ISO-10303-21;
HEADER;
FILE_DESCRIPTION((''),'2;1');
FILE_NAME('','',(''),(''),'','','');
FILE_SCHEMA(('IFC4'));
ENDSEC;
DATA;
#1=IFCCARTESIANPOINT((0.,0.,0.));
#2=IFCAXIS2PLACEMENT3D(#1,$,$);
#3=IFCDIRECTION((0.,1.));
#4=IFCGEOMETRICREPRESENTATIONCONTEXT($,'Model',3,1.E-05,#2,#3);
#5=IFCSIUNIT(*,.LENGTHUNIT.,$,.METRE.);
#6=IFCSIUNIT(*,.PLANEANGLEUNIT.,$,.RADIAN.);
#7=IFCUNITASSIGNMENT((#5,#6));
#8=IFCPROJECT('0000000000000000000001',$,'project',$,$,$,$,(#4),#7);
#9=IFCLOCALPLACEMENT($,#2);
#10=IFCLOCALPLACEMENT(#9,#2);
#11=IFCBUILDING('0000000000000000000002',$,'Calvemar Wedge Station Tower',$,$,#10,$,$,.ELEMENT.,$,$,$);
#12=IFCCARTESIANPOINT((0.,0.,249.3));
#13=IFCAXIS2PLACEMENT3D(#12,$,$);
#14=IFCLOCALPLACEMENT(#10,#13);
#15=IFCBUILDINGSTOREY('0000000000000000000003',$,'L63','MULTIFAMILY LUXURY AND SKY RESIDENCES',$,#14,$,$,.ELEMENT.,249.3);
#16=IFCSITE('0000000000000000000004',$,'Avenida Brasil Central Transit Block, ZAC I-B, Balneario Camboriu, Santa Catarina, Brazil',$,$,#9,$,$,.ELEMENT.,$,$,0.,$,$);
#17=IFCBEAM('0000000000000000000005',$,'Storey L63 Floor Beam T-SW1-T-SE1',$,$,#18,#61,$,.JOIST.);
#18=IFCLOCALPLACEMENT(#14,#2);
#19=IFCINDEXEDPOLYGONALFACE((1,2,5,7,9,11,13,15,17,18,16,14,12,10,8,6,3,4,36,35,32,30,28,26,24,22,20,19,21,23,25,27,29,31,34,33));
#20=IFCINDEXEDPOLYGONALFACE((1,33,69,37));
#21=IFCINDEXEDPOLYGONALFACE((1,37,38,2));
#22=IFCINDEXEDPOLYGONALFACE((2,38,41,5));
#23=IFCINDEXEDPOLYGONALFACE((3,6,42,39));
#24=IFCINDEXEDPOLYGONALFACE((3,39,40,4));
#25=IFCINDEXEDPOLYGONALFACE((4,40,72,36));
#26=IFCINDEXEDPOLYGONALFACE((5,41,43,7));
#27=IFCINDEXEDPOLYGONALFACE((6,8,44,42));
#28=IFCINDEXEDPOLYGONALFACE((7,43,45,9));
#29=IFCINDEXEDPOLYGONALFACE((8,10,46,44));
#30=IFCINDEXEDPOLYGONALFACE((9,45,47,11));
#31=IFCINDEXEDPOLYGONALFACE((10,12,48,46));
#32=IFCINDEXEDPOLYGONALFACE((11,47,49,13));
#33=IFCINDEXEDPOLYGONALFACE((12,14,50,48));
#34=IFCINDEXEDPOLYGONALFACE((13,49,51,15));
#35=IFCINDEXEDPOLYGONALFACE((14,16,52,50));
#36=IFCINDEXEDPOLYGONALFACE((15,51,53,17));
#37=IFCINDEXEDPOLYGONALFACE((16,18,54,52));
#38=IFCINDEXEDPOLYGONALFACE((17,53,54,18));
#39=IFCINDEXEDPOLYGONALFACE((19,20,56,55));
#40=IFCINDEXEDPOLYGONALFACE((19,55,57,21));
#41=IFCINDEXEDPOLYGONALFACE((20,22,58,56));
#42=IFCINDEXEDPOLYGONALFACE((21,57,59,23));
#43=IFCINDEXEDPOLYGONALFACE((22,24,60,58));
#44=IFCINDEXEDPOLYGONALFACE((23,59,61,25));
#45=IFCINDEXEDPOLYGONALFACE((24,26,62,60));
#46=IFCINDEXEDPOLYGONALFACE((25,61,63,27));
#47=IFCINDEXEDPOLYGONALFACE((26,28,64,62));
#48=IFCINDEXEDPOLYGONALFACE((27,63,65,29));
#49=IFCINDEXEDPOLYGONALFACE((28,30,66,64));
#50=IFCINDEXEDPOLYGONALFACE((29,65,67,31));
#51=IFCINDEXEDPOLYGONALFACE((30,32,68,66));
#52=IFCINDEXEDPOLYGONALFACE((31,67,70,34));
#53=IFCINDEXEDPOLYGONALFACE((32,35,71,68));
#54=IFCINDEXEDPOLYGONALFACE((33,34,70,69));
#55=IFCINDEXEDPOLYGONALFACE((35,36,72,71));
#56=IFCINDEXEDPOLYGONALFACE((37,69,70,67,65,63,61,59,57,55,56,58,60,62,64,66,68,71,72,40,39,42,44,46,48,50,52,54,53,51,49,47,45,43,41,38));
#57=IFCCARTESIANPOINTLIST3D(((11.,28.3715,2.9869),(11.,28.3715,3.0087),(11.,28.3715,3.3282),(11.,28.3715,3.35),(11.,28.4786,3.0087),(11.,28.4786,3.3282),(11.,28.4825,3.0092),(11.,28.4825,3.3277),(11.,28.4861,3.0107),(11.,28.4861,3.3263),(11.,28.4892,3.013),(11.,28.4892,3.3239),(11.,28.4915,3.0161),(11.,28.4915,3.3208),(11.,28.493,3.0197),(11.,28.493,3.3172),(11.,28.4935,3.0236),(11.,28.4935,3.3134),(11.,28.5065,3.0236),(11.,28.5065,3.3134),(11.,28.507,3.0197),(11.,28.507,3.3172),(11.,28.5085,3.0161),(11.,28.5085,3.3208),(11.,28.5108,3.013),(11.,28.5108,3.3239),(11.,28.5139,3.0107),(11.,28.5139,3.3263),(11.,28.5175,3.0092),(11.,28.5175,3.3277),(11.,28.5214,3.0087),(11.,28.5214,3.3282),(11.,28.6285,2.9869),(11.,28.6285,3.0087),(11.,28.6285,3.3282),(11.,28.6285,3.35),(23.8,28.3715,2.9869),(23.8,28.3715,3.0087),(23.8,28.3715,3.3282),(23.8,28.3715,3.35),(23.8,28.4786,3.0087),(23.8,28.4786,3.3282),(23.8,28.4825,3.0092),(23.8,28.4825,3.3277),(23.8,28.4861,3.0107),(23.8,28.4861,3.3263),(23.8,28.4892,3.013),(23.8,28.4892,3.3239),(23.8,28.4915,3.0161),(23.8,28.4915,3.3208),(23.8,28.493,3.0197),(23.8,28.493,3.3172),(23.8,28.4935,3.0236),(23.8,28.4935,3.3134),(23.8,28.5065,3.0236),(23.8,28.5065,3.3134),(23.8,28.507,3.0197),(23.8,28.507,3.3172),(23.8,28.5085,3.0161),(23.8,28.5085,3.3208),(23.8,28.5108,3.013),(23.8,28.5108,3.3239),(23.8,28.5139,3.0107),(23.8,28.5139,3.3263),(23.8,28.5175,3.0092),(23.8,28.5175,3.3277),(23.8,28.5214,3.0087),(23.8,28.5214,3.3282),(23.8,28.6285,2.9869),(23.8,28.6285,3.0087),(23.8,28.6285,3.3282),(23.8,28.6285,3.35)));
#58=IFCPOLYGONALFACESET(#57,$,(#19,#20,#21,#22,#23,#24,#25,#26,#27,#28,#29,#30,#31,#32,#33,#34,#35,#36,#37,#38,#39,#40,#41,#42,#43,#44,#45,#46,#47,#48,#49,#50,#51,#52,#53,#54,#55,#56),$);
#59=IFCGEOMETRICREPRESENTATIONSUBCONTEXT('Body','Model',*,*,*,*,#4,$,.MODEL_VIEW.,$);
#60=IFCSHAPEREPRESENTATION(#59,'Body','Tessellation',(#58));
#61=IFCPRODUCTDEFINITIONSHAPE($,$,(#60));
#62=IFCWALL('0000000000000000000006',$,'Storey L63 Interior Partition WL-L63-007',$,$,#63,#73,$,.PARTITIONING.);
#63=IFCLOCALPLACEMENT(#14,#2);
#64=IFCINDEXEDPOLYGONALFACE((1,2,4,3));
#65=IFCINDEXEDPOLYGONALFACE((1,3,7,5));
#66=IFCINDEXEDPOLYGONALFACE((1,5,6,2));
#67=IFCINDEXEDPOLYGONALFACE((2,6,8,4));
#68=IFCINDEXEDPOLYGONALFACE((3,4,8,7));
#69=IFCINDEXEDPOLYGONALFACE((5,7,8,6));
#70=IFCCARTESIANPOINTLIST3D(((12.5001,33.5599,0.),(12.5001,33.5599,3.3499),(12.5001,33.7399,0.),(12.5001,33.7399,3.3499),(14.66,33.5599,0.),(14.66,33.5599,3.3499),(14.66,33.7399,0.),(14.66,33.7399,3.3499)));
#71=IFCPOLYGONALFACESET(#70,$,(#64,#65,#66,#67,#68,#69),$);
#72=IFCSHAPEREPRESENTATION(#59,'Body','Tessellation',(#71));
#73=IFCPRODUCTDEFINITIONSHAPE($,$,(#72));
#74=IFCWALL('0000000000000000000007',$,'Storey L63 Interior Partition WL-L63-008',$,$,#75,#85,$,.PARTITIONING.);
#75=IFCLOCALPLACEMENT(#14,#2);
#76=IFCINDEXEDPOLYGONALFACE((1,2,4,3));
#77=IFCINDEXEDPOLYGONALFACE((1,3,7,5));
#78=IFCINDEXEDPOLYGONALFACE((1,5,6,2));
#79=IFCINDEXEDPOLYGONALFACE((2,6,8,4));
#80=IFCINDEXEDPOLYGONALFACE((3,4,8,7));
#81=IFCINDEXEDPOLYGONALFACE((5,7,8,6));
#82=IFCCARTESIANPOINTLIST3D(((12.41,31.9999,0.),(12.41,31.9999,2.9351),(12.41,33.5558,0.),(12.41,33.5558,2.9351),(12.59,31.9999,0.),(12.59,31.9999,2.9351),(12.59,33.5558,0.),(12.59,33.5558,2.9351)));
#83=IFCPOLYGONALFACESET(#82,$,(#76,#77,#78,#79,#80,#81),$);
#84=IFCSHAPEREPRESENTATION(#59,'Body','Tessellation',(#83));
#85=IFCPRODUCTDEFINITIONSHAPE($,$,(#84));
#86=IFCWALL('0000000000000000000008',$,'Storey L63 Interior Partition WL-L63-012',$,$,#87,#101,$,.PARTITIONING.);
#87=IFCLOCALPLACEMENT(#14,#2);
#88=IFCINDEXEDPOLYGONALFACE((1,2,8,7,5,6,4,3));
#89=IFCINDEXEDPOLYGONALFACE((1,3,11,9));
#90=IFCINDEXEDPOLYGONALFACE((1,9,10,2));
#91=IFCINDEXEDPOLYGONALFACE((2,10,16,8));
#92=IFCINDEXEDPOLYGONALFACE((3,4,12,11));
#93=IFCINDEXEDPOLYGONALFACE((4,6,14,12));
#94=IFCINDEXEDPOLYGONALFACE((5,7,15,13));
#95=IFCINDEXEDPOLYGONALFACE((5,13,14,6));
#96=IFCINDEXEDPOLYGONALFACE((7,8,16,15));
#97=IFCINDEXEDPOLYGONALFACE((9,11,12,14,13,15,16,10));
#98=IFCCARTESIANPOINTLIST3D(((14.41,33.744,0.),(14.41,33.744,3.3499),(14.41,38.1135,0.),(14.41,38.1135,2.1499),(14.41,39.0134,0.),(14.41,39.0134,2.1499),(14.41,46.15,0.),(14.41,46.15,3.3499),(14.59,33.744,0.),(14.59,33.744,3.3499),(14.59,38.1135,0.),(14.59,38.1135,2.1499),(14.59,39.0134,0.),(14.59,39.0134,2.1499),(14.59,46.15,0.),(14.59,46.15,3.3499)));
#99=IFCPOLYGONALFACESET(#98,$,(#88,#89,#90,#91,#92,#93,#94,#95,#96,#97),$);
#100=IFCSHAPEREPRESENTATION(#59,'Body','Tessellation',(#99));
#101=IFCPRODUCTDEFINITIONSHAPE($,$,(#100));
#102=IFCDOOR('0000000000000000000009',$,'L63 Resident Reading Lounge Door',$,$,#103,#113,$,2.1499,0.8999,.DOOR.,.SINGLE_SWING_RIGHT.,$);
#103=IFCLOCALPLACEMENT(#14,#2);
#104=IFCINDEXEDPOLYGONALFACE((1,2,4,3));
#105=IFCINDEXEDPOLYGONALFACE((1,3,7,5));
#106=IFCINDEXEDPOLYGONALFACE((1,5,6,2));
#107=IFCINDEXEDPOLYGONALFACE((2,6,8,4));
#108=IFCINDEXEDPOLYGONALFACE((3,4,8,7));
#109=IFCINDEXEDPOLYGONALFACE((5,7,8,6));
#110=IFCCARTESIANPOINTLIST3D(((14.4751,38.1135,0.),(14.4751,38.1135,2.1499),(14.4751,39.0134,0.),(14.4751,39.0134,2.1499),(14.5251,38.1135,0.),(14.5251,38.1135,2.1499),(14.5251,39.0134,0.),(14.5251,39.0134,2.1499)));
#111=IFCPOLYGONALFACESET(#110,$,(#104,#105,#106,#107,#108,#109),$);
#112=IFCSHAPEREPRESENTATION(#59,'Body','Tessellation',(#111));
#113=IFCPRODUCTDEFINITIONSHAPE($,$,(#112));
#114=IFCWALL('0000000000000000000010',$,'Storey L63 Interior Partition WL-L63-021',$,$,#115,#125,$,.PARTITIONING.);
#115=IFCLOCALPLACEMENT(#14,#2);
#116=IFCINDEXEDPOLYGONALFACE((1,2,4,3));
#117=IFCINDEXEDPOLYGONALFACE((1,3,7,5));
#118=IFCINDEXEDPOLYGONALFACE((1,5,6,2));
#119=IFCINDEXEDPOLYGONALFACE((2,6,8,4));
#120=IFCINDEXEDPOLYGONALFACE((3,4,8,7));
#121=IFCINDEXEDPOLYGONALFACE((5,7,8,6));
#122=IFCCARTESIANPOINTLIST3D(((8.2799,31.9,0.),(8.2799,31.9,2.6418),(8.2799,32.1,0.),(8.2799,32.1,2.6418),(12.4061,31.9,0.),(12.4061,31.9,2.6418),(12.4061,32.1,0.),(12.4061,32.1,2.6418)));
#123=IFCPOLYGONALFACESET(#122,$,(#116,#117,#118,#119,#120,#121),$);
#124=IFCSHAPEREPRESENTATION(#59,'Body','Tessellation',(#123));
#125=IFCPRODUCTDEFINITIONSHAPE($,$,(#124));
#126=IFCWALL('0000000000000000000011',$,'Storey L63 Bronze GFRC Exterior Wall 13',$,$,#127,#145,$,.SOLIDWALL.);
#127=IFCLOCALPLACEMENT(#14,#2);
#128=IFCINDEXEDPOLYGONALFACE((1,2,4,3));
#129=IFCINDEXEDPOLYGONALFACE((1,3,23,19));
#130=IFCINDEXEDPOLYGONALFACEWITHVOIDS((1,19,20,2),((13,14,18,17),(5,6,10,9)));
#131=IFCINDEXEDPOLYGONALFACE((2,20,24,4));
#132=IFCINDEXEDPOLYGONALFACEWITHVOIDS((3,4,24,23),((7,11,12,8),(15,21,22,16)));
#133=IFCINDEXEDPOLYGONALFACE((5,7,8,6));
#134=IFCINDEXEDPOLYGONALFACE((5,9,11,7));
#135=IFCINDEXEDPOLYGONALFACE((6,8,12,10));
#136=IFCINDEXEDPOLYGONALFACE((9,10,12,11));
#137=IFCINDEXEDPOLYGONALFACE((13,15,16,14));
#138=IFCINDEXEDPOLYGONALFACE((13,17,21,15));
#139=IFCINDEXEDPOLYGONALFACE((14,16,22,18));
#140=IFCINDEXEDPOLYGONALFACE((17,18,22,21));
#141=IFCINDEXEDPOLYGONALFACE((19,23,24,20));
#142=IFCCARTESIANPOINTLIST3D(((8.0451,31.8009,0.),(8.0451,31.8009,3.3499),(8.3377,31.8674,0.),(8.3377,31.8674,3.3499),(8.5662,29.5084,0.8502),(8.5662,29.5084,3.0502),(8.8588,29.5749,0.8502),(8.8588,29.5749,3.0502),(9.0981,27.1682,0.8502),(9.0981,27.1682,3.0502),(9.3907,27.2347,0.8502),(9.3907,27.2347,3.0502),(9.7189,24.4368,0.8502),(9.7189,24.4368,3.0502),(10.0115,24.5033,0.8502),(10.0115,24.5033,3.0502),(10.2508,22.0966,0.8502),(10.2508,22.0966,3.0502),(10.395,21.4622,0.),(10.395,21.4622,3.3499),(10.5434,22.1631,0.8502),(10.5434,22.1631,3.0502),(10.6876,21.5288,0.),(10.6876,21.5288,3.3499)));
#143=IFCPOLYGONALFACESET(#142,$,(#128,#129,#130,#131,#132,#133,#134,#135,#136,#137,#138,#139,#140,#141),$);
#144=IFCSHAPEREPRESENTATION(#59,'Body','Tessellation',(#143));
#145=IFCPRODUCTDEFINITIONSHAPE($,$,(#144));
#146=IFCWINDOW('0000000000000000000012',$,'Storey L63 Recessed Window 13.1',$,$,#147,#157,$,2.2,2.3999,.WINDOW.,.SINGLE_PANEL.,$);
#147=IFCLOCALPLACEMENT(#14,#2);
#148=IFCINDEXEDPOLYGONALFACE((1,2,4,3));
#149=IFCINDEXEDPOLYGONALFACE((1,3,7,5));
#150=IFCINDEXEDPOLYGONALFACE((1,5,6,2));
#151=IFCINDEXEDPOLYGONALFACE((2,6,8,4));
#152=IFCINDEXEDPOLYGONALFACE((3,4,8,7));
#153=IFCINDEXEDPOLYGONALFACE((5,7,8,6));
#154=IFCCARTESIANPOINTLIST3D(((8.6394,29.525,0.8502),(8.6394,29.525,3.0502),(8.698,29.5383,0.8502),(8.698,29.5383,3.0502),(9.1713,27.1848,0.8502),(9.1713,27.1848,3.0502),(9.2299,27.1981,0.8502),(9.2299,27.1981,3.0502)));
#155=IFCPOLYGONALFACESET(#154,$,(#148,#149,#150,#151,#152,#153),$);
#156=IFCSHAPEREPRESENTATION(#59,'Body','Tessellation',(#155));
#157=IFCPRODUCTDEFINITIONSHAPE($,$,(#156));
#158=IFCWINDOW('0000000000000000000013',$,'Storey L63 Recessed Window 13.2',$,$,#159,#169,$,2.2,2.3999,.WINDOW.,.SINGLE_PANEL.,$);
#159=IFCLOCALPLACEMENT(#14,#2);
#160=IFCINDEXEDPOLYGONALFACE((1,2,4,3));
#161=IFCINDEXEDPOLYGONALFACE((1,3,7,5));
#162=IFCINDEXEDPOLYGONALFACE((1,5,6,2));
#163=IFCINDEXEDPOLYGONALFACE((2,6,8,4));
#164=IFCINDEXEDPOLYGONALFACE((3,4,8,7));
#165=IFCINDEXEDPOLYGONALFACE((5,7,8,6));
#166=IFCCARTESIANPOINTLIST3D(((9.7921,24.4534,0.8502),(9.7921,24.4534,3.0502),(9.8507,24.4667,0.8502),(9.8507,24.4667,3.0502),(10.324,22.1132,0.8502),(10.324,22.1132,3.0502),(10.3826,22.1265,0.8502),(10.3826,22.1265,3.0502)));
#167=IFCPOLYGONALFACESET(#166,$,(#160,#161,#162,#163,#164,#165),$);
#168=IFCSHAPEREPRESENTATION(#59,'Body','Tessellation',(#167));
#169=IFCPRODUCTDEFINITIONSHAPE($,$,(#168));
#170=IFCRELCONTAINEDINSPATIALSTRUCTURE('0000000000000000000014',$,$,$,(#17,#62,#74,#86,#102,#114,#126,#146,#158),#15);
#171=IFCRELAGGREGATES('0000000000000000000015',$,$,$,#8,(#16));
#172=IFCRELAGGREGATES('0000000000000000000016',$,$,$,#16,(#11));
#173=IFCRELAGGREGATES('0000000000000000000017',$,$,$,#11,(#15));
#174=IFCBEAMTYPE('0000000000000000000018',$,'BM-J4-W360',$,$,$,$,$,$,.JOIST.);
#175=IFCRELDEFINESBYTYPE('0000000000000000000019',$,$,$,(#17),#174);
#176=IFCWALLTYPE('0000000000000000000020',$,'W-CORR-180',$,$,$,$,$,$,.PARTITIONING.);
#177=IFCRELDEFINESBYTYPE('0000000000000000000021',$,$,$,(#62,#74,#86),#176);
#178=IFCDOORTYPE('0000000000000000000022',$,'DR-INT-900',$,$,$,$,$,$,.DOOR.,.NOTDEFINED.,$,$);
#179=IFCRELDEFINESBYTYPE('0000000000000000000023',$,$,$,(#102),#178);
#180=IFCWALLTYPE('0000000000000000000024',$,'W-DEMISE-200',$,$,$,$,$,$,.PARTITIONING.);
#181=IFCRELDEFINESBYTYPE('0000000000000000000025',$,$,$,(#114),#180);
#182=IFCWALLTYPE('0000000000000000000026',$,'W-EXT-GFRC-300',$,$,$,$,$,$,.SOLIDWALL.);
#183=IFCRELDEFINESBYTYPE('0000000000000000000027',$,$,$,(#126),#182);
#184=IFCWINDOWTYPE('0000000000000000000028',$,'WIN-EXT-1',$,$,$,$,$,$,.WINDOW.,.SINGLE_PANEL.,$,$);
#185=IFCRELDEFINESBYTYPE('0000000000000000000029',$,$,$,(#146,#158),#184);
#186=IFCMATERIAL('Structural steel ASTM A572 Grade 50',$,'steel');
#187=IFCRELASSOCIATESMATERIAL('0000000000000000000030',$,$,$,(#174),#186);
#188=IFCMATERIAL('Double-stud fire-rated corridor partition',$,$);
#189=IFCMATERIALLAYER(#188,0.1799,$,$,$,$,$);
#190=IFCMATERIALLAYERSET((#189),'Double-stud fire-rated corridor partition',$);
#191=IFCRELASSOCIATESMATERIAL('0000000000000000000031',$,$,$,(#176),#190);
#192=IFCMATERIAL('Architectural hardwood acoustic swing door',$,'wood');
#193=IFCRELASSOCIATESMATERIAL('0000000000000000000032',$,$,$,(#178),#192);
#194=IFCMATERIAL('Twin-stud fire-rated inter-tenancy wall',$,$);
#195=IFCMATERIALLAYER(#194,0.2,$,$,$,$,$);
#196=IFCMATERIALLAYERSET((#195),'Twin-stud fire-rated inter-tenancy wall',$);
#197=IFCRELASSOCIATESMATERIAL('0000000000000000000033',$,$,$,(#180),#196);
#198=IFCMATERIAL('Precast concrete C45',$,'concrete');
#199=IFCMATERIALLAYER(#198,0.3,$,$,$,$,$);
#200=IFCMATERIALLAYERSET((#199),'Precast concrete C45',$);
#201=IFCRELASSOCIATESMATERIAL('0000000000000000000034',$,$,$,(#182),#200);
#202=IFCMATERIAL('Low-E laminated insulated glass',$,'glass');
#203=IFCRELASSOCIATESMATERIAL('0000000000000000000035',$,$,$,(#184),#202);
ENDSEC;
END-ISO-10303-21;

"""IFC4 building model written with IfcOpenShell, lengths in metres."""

from ifc_helpers import new_model, si_unit, direction, frame, frame_2d, origin, origin_2d, place, context, subcontext, project, spatial, rectangle, i_section, extrude, source, transform, mapped, material, layer, layer_set, material_profile, profile_set, type_object, element, fill, save


model = new_model("IFC4")

# Units and contexts
model_context = context("Model", 3, precision=1e-05, world=origin(), true_north=direction((0.0, 1.0)))
body_context = subcontext(model_context, "Body", "Model", "MODEL_VIEW")
ifc_project = project(units=[si_unit("LENGTHUNIT", "METRE"), si_unit("PLANEANGLEUNIT", "RADIAN")], contexts=[model_context])

# Site, building, storey
site_placement = place(None, origin())
site = spatial("IfcSite", under=ifc_project, at=site_placement, Name="Avenida Brasil Central Transit Block, ZAC I-B, Balneario Camboriu, Santa Catarina, Brazil", CompositionType="ELEMENT", RefElevation=0.0)
building_placement = place(site_placement, origin())
building = spatial("IfcBuilding", under=site, at=building_placement, Name="Calvemar Wedge Station Tower", CompositionType="ELEMENT")
storey_placement = place(building_placement, frame((0.0, 0.0, 249.3)))
storey = spatial("IfcBuildingStorey", under=building, at=storey_placement, Name="L63", Description="MULTIFAMILY LUXURY AND SKY RESIDENCES", CompositionType="ELEMENT", Elevation=249.3)

# Beam
ifc_material_1 = material(Name="Structural steel ASTM A572 Grade 50", Category="steel")
ifc_material_profile_1 = material_profile(ifc_material_1, i_section(OverallWidth=0.2571, OverallDepth=0.363, WebThickness=0.0129, FlangeThickness=0.0217, FilletRadius=0.0149, at=origin_2d()), Name="W360x122")
ifc_profile_set_1 = profile_set([ifc_material_profile_1], Name="Structural steel ASTM A572 Grade 50")
beam_type_1 = type_object("IfcBeamType", Name="BM-J4-W360", PredefinedType="JOIST", material=ifc_profile_set_1)
shared_shape_1 = source(origin(), body_context, "Body", "SweptSolid", [
    extrude(i_section(OverallWidth=0.2571, OverallDepth=0.363, WebThickness=0.0129, FlangeThickness=0.0217, FilletRadius=0.0149, at=origin_2d()), origin(), (0.0, 0.0, 1.0), 12.8),
])
beam_1_placement = place(storey_placement, frame((11.0, 28.5, 3.1685), z_axis=(1.0, 0.0, 0.0), x_axis=(0.0, 1.0, 0.0)))
element("IfcBeam", 1, at=beam_1_placement, inside=storey, type_object=beam_type_1, Name="Storey L63 Floor Beam T-SW1-T-SE1", PredefinedType="JOIST", context=body_context, shape_type="MappedRepresentation", body=[
    mapped(shared_shape_1, transform((0.0, 0.0, 0.0), scale=1.0)),
])

# Walls
ifc_material_2 = material(Name="Double-stud fire-rated corridor partition")
ifc_layer_1 = layer(ifc_material_2, 0.1799)
ifc_layer_set_1 = layer_set([ifc_layer_1], Name="Double-stud fire-rated corridor partition")
wall_type_1 = type_object("IfcWallType", Name="W-CORR-180", PredefinedType="PARTITIONING", material=ifc_layer_set_1)
wall_1_placement = place(storey_placement, frame((12.5, 33.6499, 0.0), z_axis=(0.0, 0.0, 1.0), x_axis=(1.0, 0.0, 0.0)))
element("IfcWall", 2, at=wall_1_placement, inside=storey, type_object=wall_type_1, Name="Storey L63 Interior Partition WL-L63-007", PredefinedType="PARTITIONING", context=body_context, shape_type="SweptSolid", body=[
    extrude(rectangle(XDim=2.1599, YDim=0.1799, at=frame_2d((1.0801, 0.0))), origin(), (0.0, 0.0, 1.0), 3.3499),
])
wall_2_placement = place(storey_placement, frame((12.5, 32.0, 0.0), z_axis=(0.0, 0.0, 1.0), x_axis=(0.0, 1.0, 0.0)))
element("IfcWall", 3, at=wall_2_placement, inside=storey, type_object=wall_type_1, Name="Storey L63 Interior Partition WL-L63-008", PredefinedType="PARTITIONING", context=body_context, shape_type="SweptSolid", body=[
    extrude(rectangle(XDim=1.5559, YDim=0.1799, at=frame_2d((0.7778, 0.0))), origin(), (0.0, 0.0, 1.0), 2.9351),
])

# Wall, opening, door
wall_3_placement = place(storey_placement, frame((14.5, 33.7439, 0.0), z_axis=(0.0, 0.0, 1.0), x_axis=(0.0, 1.0, 0.0)))
wall_3 = element("IfcWall", 4, at=wall_3_placement, inside=storey, type_object=wall_type_1, Name="Storey L63 Interior Partition WL-L63-012", PredefinedType="PARTITIONING", context=body_context, shape_type="SweptSolid", body=[
    extrude(rectangle(XDim=12.406, YDim=0.1799, at=frame_2d((6.2031, 0.0))), origin(), (0.0, 0.0, 1.0), 3.3499),
])
shared_shape_2 = source(origin(), body_context, "Body", "SweptSolid", [
    extrude(rectangle(XDim=0.8999, YDim=2.1499, at=frame_2d((0.45, 1.075))), frame((0.0, 0.1001, 0.0), z_axis=(0.0, -1.0, 0.0), x_axis=(1.0, 0.0, 0.0)), (0.0, 0.0, 1.0), 0.2),
])
opening_1_placement = place(wall_3_placement, frame((4.3696, 0.0, 0.0)))
opening_1 = element("IfcOpeningElement", 5, at=opening_1_placement, cuts=wall_3, PredefinedType="OPENING", context=body_context, shape_type="MappedRepresentation", body=[
    mapped(shared_shape_2, transform((0.0, 0.0, 0.0), scale=1.0)),
])
ifc_material_3 = material(Name="Architectural hardwood acoustic swing door", Category="wood")
door_type = type_object("IfcDoorType", Name="DR-INT-900", OperationType="NOTDEFINED", PredefinedType="DOOR", material=ifc_material_3)
shared_shape_3 = source(origin(), body_context, "Body", "SweptSolid", [
    extrude(rectangle(XDim=0.8999, YDim=2.1499, at=frame_2d((0.45, 1.075))), frame((0.0, 0.0249, 0.0), z_axis=(0.0, -1.0, 0.0), x_axis=(1.0, 0.0, 0.0)), (0.0, 0.0, 1.0), 0.05),
])
door_placement = place(opening_1_placement, origin())
door = element("IfcDoor", 6, at=door_placement, inside=storey, type_object=door_type, Name="L63 Resident Reading Lounge Door", OperationType="SINGLE_SWING_RIGHT", OverallHeight=2.1499, OverallWidth=0.8999, PredefinedType="DOOR", context=body_context, shape_type="MappedRepresentation", body=[
    mapped(shared_shape_3, transform((0.0, 0.0, 0.0), scale=1.0)),
])
fill(opening_1, door)

# Wall
ifc_material_4 = material(Name="Twin-stud fire-rated inter-tenancy wall")
ifc_layer_2 = layer(ifc_material_4, 0.2)
ifc_layer_set_2 = layer_set([ifc_layer_2], Name="Twin-stud fire-rated inter-tenancy wall")
wall_type_2 = type_object("IfcWallType", Name="W-DEMISE-200", PredefinedType="PARTITIONING", material=ifc_layer_set_2)
wall_4_placement = place(storey_placement, frame((12.406, 32.0, 0.0), z_axis=(0.0, 0.0, 1.0), x_axis=(-1.0, 0.0, 0.0)))
element("IfcWall", 7, at=wall_4_placement, inside=storey, type_object=wall_type_2, Name="Storey L63 Interior Partition WL-L63-021", PredefinedType="PARTITIONING", context=body_context, shape_type="SweptSolid", body=[
    extrude(rectangle(XDim=4.1262, YDim=0.2, at=frame_2d((2.063, 0.0))), origin(), (0.0, 0.0, 1.0), 2.6418),
])

# Wall, openings, windows
ifc_material_5 = material(Name="Precast concrete C45", Category="concrete")
ifc_layer_3 = layer(ifc_material_5, 0.3)
ifc_layer_set_3 = layer_set([ifc_layer_3], Name="Precast concrete C45")
wall_type_3 = type_object("IfcWallType", Name="W-EXT-GFRC-300", PredefinedType="SOLIDWALL", material=ifc_layer_set_3)
wall_5_placement = place(storey_placement, frame((8.1914, 31.8342, 0.0), z_axis=(0.0, 0.0, 1.0), x_axis=(0.221636, -0.975129, 0.0)))
wall_5 = element("IfcWall", 8, at=wall_5_placement, inside=storey, type_object=wall_type_3, Name="Storey L63 Bronze GFRC Exterior Wall 13", PredefinedType="SOLIDWALL", context=body_context, shape_type="SweptSolid", body=[
    extrude(rectangle(XDim=10.6023, YDim=0.3, at=frame_2d((5.3013, 0.0))), origin(), (0.0, 0.0, 1.0), 3.3499),
])
shared_shape_4 = source(origin(), body_context, "Body", "SweptSolid", [
    extrude(rectangle(XDim=2.3999, YDim=2.2, at=frame_2d((1.2, 1.1001))), frame((0.0, 0.1602, 0.0), z_axis=(0.0, -1.0, 0.0), x_axis=(1.0, 0.0, 0.0)), (0.0, 0.0, 1.0), 0.3201),
])
opening_2_placement = place(wall_5_placement, frame((2.3511, 0.0, 0.8501)))
opening_2 = element("IfcOpeningElement", 9, at=opening_2_placement, cuts=wall_5, PredefinedType="OPENING", context=body_context, shape_type="MappedRepresentation", body=[
    mapped(shared_shape_4, transform((0.0, 0.0, 0.0), scale=1.0)),
])
opening_3_placement = place(wall_5_placement, frame((7.552, 0.0, 0.8501)))
opening_3 = element("IfcOpeningElement", 10, at=opening_3_placement, cuts=wall_5, PredefinedType="OPENING", context=body_context, shape_type="MappedRepresentation", body=[
    mapped(shared_shape_4, transform((0.0, 0.0, 0.0), scale=1.0)),
])
ifc_material_6 = material(Name="Low-E laminated insulated glass", Category="glass")
window_type = type_object("IfcWindowType", Name="WIN-EXT-1", PartitioningType="SINGLE_PANEL", PredefinedType="WINDOW", material=ifc_material_6)
shared_shape_5 = source(origin(), body_context, "Body", "SweptSolid", [
    extrude(rectangle(XDim=2.3999, YDim=2.2, at=frame_2d((1.2, 1.1001))), frame((0.0, -0.0149, 0.0), z_axis=(0.0, -1.0, 0.0), x_axis=(1.0, 0.0, 0.0)), (0.0, 0.0, 1.0), 0.0601),
])
window_1_placement = place(opening_2_placement, origin())
window_1 = element("IfcWindow", 11, at=window_1_placement, inside=storey, type_object=window_type, Name="Storey L63 Recessed Window 13.1", OverallHeight=2.2, OverallWidth=2.3999, PartitioningType="SINGLE_PANEL", PredefinedType="WINDOW", context=body_context, shape_type="MappedRepresentation", body=[
    mapped(shared_shape_5, transform((0.0, 0.0, 0.0), scale=1.0)),
])
fill(opening_2, window_1)
window_2_placement = place(opening_3_placement, origin())
window_2 = element("IfcWindow", 12, at=window_2_placement, inside=storey, type_object=window_type, Name="Storey L63 Recessed Window 13.2", OverallHeight=2.2, OverallWidth=2.3999, PartitioningType="SINGLE_PANEL", PredefinedType="WINDOW", context=body_context, shape_type="MappedRepresentation", body=[
    mapped(shared_shape_5, transform((0.0, 0.0, 0.0), scale=1.0)),
])
fill(opening_3, window_2)

save(model, "model.ifc")
